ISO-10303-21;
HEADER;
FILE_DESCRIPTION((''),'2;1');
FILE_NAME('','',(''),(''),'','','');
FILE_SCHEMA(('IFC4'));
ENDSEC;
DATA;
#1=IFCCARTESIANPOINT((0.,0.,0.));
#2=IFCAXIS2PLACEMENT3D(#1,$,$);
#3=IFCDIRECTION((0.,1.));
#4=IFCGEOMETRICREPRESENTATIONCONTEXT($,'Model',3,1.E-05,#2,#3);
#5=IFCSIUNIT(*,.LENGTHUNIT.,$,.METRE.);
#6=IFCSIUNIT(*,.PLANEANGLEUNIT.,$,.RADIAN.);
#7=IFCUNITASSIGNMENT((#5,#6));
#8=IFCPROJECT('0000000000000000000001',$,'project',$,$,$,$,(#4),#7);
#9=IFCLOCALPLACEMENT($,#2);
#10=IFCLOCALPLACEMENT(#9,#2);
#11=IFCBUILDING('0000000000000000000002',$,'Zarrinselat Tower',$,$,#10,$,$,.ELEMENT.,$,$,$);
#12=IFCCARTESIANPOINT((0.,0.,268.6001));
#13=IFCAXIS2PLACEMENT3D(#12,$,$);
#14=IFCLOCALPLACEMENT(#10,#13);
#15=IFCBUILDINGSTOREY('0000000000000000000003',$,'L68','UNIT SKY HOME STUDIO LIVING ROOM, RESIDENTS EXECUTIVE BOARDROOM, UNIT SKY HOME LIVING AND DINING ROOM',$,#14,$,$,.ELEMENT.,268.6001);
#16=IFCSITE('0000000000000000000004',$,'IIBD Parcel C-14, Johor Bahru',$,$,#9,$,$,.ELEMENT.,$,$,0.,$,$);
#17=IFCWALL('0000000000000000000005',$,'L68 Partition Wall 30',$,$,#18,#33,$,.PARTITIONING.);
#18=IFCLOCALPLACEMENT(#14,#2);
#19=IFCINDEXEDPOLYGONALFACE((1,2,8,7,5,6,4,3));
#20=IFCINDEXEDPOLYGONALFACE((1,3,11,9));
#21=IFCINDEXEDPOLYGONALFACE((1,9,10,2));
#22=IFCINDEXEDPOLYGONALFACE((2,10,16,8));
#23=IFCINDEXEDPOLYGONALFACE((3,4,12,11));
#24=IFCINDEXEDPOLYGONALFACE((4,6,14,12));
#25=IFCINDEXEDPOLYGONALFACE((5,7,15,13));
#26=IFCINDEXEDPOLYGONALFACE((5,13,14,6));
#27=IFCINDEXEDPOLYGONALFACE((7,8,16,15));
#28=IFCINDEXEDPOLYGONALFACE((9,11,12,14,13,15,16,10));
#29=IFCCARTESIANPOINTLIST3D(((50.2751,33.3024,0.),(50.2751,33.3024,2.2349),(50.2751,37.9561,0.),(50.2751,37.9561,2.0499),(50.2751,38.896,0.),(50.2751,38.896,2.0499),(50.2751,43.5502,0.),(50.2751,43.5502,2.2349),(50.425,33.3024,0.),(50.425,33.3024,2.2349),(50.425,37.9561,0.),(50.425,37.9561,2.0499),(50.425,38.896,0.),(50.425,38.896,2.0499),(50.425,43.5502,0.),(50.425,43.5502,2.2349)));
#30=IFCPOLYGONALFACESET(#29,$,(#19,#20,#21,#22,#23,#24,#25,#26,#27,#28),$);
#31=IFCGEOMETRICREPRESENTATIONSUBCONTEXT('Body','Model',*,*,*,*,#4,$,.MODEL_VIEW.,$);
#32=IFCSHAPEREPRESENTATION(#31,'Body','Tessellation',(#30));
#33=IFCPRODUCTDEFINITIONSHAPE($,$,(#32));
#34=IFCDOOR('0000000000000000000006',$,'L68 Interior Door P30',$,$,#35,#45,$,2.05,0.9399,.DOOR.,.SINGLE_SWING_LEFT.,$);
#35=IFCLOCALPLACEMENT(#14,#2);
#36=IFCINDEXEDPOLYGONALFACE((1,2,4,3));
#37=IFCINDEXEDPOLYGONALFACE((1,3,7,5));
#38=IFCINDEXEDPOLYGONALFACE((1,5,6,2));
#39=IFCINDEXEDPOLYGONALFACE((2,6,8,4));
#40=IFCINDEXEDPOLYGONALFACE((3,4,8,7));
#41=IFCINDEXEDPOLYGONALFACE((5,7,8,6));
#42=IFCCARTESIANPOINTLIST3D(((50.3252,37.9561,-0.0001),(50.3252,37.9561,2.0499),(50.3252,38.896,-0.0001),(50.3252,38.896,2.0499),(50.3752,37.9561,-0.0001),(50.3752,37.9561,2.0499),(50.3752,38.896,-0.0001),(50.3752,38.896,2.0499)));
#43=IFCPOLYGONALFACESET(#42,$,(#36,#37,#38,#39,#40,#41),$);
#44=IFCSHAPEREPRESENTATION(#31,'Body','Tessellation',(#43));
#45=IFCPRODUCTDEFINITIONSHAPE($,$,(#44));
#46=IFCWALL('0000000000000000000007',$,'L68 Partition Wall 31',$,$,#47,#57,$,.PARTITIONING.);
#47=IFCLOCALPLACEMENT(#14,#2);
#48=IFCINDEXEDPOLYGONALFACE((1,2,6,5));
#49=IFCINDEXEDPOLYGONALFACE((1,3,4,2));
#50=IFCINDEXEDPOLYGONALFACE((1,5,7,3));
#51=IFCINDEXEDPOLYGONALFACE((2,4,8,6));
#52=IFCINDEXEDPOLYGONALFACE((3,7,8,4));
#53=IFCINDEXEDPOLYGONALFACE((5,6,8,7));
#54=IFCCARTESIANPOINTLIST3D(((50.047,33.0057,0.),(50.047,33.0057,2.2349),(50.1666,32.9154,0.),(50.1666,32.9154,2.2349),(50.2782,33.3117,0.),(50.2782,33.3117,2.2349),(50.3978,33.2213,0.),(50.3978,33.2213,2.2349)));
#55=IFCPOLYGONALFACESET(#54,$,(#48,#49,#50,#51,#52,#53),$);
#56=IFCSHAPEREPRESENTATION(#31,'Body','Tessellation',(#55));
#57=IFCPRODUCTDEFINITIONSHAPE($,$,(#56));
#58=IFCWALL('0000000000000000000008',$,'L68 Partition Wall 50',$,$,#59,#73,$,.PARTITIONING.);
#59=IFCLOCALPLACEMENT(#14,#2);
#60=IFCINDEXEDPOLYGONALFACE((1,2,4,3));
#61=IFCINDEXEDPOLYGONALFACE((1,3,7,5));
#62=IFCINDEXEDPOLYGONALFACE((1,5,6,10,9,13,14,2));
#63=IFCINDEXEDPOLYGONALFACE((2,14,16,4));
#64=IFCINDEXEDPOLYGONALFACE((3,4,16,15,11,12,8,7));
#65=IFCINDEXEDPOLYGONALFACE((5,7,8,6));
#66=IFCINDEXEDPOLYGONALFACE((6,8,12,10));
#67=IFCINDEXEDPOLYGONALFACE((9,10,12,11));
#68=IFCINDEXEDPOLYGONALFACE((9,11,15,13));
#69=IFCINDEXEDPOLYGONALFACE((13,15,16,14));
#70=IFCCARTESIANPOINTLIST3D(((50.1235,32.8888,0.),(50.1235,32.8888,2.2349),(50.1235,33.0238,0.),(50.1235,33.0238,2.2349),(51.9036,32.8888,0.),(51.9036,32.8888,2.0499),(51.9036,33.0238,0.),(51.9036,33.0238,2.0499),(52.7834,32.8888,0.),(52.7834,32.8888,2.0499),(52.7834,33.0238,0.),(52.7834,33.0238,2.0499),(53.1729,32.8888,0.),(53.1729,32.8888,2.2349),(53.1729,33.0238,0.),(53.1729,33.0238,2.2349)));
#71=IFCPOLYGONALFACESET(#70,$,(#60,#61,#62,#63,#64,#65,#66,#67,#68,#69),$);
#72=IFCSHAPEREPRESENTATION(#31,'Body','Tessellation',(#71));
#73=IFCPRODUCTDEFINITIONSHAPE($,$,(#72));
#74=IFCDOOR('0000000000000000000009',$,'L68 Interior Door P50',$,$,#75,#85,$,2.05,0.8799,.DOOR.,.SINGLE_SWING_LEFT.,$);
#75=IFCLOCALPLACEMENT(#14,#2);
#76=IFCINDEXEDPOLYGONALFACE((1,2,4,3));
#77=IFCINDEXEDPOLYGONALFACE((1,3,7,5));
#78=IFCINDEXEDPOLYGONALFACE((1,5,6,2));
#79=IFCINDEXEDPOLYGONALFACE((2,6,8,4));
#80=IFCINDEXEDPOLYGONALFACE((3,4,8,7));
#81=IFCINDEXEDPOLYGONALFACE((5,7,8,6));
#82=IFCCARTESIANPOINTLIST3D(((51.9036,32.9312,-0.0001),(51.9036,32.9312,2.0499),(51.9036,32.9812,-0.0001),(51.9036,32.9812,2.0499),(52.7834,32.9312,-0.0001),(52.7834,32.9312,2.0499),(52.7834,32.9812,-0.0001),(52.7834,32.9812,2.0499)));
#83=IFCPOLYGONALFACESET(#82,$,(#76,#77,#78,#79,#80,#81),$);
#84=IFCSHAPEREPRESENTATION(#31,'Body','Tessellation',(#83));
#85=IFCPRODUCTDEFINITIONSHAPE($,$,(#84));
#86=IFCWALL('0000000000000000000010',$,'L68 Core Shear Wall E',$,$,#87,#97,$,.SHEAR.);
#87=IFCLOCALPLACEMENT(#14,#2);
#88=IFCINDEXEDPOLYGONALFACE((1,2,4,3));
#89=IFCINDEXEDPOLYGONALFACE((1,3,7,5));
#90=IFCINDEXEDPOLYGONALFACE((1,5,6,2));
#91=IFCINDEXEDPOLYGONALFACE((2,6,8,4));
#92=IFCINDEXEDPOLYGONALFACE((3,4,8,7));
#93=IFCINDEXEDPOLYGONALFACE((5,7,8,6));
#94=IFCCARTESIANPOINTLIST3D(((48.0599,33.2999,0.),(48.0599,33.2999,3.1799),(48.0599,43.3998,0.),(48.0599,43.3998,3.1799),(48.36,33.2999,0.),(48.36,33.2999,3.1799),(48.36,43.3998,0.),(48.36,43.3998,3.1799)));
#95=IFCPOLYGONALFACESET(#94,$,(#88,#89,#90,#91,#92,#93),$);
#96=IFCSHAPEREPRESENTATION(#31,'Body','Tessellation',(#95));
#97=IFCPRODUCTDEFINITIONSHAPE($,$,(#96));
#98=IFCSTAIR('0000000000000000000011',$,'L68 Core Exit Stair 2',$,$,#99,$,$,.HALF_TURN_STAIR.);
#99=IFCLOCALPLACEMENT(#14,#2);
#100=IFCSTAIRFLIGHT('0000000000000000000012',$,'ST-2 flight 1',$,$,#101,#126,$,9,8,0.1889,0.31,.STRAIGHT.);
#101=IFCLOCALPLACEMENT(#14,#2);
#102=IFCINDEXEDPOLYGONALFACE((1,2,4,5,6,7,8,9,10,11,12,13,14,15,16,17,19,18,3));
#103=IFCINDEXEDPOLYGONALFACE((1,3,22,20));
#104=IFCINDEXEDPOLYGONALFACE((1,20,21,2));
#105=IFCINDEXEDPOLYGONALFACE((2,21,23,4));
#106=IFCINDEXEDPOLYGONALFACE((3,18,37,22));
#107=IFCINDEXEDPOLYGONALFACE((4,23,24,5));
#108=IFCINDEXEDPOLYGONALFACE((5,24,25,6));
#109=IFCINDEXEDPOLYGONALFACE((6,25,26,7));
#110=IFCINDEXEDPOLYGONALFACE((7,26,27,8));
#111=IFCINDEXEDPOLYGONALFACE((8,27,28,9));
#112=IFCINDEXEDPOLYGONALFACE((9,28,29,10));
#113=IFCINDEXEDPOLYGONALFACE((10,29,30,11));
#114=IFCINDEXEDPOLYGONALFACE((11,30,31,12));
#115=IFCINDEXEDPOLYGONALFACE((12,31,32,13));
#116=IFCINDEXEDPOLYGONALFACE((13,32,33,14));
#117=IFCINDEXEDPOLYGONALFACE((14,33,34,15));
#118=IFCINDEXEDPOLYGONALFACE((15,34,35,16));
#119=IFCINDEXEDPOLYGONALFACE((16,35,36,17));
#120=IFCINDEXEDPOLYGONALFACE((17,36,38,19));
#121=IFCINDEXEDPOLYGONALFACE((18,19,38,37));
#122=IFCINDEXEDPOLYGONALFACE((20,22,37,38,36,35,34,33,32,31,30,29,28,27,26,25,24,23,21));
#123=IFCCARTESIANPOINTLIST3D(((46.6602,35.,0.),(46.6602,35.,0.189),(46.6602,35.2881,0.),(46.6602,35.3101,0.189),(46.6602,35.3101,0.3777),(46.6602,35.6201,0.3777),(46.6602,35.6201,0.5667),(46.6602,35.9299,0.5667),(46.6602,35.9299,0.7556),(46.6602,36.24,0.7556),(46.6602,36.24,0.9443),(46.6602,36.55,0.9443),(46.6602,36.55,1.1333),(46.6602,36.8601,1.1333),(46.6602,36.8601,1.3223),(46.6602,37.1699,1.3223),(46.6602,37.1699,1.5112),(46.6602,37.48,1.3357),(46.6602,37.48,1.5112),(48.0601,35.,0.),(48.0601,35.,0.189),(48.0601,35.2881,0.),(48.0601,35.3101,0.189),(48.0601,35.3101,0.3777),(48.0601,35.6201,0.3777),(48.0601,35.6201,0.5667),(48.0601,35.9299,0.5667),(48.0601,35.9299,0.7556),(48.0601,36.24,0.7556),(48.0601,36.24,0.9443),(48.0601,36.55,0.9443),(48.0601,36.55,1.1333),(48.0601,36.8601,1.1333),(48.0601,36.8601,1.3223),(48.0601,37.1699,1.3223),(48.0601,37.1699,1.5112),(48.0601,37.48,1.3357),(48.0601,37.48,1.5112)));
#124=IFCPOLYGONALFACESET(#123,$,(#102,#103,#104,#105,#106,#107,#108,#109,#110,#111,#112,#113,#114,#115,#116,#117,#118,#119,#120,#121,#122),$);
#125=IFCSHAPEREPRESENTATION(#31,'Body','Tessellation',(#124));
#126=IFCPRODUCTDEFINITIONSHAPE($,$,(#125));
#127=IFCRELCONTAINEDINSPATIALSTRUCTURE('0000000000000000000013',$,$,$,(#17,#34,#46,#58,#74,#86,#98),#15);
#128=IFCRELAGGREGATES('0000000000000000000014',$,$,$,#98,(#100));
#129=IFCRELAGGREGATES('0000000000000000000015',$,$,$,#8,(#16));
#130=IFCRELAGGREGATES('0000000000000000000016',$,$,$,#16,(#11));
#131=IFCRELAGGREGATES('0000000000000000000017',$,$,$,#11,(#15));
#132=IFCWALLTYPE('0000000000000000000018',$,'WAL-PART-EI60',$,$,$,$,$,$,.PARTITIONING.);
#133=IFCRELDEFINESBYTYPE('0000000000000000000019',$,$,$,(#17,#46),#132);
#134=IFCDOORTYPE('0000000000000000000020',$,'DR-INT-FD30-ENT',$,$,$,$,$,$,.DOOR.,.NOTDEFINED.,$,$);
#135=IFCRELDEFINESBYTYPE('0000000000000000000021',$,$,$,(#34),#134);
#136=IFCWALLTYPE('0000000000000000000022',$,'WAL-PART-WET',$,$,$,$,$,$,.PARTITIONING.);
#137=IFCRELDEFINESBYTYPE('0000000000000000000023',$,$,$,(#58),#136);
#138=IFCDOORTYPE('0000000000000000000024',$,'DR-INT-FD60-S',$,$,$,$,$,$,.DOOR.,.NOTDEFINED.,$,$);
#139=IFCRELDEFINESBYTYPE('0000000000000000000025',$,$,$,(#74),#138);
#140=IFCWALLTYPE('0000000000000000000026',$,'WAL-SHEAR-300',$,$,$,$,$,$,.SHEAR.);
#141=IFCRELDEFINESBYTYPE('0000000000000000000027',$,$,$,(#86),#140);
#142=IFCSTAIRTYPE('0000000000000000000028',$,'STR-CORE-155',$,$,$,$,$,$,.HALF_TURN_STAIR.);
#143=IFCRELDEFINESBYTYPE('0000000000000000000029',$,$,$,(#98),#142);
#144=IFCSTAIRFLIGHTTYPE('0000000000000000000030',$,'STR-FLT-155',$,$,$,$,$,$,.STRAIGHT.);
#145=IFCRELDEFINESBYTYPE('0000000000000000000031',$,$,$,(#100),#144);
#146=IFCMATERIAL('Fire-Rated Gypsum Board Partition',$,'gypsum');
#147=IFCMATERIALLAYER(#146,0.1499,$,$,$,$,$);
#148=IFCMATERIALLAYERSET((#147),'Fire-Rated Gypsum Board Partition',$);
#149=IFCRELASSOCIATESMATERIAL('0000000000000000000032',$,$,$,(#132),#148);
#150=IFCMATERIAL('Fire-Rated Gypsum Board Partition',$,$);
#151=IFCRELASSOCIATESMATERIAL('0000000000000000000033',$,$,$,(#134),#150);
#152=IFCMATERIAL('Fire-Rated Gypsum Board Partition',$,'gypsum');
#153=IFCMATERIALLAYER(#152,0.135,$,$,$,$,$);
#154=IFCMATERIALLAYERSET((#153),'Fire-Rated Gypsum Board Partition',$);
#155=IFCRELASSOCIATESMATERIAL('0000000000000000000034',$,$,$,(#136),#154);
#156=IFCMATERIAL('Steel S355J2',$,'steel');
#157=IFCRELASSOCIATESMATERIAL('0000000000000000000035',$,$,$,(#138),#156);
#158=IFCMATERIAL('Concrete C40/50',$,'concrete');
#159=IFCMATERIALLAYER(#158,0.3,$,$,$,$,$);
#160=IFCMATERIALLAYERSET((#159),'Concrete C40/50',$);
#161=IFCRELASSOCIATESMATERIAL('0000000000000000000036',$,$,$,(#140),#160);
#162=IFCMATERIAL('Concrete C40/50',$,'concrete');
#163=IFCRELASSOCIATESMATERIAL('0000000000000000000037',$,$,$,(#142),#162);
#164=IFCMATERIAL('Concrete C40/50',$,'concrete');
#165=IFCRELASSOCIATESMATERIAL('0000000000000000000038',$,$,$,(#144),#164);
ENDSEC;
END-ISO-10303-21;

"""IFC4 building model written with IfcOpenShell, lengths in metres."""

from ifc_helpers import new_model, si_unit, direction, frame, frame_2d, origin, place, context, subcontext, project, spatial, polyline, rectangle, outline, extrude, material, layer, layer_set, type_object, element, fill, aggregate, save


model = new_model("IFC4")

# Units and contexts
model_context = context("Model", 3, precision=1e-05, world=origin(), true_north=direction((0.0, 1.0)))
body_context = subcontext(model_context, "Body", "Model", "MODEL_VIEW")
ifc_project = project(units=[si_unit("LENGTHUNIT", "METRE"), si_unit("PLANEANGLEUNIT", "RADIAN")], contexts=[model_context])

# Site, building, storey
site_placement = place(None, origin())
site = spatial("IfcSite", under=ifc_project, at=site_placement, Name="IIBD Parcel C-14, Johor Bahru", CompositionType="ELEMENT", RefElevation=0.0)
building_placement = place(site_placement, origin())
building = spatial("IfcBuilding", under=site, at=building_placement, Name="Zarrinselat Tower", CompositionType="ELEMENT")
storey_placement = place(building_placement, frame((0.0, 0.0, 268.6001)))
storey = spatial("IfcBuildingStorey", under=building, at=storey_placement, Name="L68", Description="UNIT SKY HOME STUDIO LIVING ROOM, RESIDENTS EXECUTIVE BOARDROOM, UNIT SKY HOME LIVING AND DINING ROOM", CompositionType="ELEMENT", Elevation=268.6001)

# Wall, opening, door
ifc_material_1 = material(Name="Fire-Rated Gypsum Board Partition", Category="gypsum")
ifc_layer_1 = layer(ifc_material_1, 0.1499)
ifc_layer_set_1 = layer_set([ifc_layer_1], Name="Fire-Rated Gypsum Board Partition")
wall_type_1 = type_object("IfcWallType", Name="WAL-PART-EI60", PredefinedType="PARTITIONING", material=ifc_layer_set_1)
wall_1_placement = place(storey_placement, frame((50.3501, 33.3022, 0.0), z_axis=(0.0, 0.0, 1.0), x_axis=(0.0, 1.0, 0.0)))
wall_1 = element("IfcWall", 1, at=wall_1_placement, inside=storey, type_object=wall_type_1, Name="L68 Partition Wall 30", PredefinedType="PARTITIONING", context=body_context, shape_type="SweptSolid", body=[
    extrude(rectangle(XDim=10.2478, YDim=0.1499, at=frame_2d((5.124, 0.0))), origin(), (0.0, 0.0, 1.0), 2.2349),
])
opening_1_placement = place(wall_1_placement, frame((4.6538, 0.0, 0.0)))
opening_1 = element("IfcOpeningElement", 2, at=opening_1_placement, cuts=wall_1, PredefinedType="OPENING", context=body_context, shape_type="SweptSolid", body=[
    extrude(rectangle(XDim=0.9399, YDim=2.05, at=frame_2d((0.47, 1.0249))), frame((0.0, 0.085, 0.0), z_axis=(0.0, -1.0, 0.0), x_axis=(1.0, 0.0, 0.0)), (0.0, 0.0, 1.0), 0.1699),
])
ifc_material_2 = material(Name="Fire-Rated Gypsum Board Partition")
door_type_1 = type_object("IfcDoorType", Name="DR-INT-FD30-ENT", OperationType="NOTDEFINED", PredefinedType="DOOR", material=ifc_material_2)
door_1_placement = place(opening_1_placement, origin())
door_1 = element("IfcDoor", 3, at=door_1_placement, inside=storey, type_object=door_type_1, Name="L68 Interior Door P30", OperationType="SINGLE_SWING_LEFT", OverallHeight=2.05, OverallWidth=0.9399, PredefinedType="DOOR", context=body_context, shape_type="SweptSolid", body=[
    extrude(rectangle(XDim=0.9399, YDim=2.05, at=frame_2d((0.47, 1.0249))), frame((0.0, 0.0249, 0.0), z_axis=(0.0, -1.0, 0.0), x_axis=(1.0, 0.0, 0.0)), (0.0, 0.0, 1.0), 0.05),
])
fill(opening_1, door_1)

# Wall
wall_2_placement = place(storey_placement, frame((50.1067, 32.9604, 0.0), z_axis=(0.0, 0.0, 1.0), x_axis=(0.60295, 0.797779, 0.0)))
element("IfcWall", 4, at=wall_2_placement, inside=storey, type_object=wall_type_1, Name="L68 Partition Wall 31", PredefinedType="PARTITIONING", context=body_context, shape_type="SweptSolid", body=[
    extrude(rectangle(XDim=0.3835, YDim=0.1499, at=frame_2d((0.1919, 0.0))), origin(), (0.0, 0.0, 1.0), 2.2349),
])

# Wall, opening, door
ifc_material_3 = material(Name="Fire-Rated Gypsum Board Partition", Category="gypsum")
ifc_layer_2 = layer(ifc_material_3, 0.135)
ifc_layer_set_2 = layer_set([ifc_layer_2], Name="Fire-Rated Gypsum Board Partition")
wall_type_2 = type_object("IfcWallType", Name="WAL-PART-WET", PredefinedType="PARTITIONING", material=ifc_layer_set_2)
wall_3_placement = place(storey_placement, frame((50.1235, 32.9563, 0.0), z_axis=(0.0, 0.0, 1.0), x_axis=(1.0, 0.0, 0.0)))
wall_3 = element("IfcWall", 5, at=wall_3_placement, inside=storey, type_object=wall_type_2, Name="L68 Partition Wall 50", PredefinedType="PARTITIONING", context=body_context, shape_type="SweptSolid", body=[
    extrude(rectangle(XDim=3.0493, YDim=0.135, at=frame_2d((1.5247, 0.0))), origin(), (0.0, 0.0, 1.0), 2.2349),
])
opening_2_placement = place(wall_3_placement, frame((1.78, 0.0, 0.0)))
opening_2 = element("IfcOpeningElement", 6, at=opening_2_placement, cuts=wall_3, PredefinedType="OPENING", context=body_context, shape_type="SweptSolid", body=[
    extrude(rectangle(XDim=0.8799, YDim=2.05, at=frame_2d((0.4399, 1.0249))), frame((0.0, 0.0774, 0.0), z_axis=(0.0, -1.0, 0.0), x_axis=(1.0, 0.0, 0.0)), (0.0, 0.0, 1.0), 0.155),
])
ifc_material_4 = material(Name="Steel S355J2", Category="steel")
door_type_2 = type_object("IfcDoorType", Name="DR-INT-FD60-S", OperationType="NOTDEFINED", PredefinedType="DOOR", material=ifc_material_4)
door_2_placement = place(opening_2_placement, origin())
door_2 = element("IfcDoor", 7, at=door_2_placement, inside=storey, type_object=door_type_2, Name="L68 Interior Door P50", OperationType="SINGLE_SWING_LEFT", OverallHeight=2.05, OverallWidth=0.8799, PredefinedType="DOOR", context=body_context, shape_type="SweptSolid", body=[
    extrude(rectangle(XDim=0.8799, YDim=2.05, at=frame_2d((0.4399, 1.0249))), frame((0.0, 0.0249, 0.0), z_axis=(0.0, -1.0, 0.0), x_axis=(1.0, 0.0, 0.0)), (0.0, 0.0, 1.0), 0.05),
])
fill(opening_2, door_2)

# Wall
ifc_material_5 = material(Name="Concrete C40/50", Category="concrete")
ifc_layer_3 = layer(ifc_material_5, 0.3)
ifc_layer_set_3 = layer_set([ifc_layer_3], Name="Concrete C40/50")
wall_type_3 = type_object("IfcWallType", Name="WAL-SHEAR-300", PredefinedType="SHEAR", material=ifc_layer_set_3)
wall_4_placement = place(storey_placement, frame((48.21, 33.3, 0.0), z_axis=(0.0, 0.0, 1.0), x_axis=(0.0, 1.0, 0.0)))
element("IfcWall", 8, at=wall_4_placement, inside=storey, type_object=wall_type_3, Name="L68 Core Shear Wall E", PredefinedType="SHEAR", context=body_context, shape_type="SweptSolid", body=[
    extrude(rectangle(XDim=10.0999, YDim=0.3, at=frame_2d((5.0498, 0.0))), origin(), (0.0, 0.0, 1.0), 3.1799),
])

# Stair, stair flight
ifc_material_6 = material(Name="Concrete C40/50", Category="concrete")
stair_type = type_object("IfcStairType", Name="STR-CORE-155", PredefinedType="HALF_TURN_STAIR", material=ifc_material_6)
stair_placement = place(storey_placement, origin())
stair = element("IfcStair", 9, at=stair_placement, inside=storey, type_object=stair_type, Name="L68 Core Exit Stair 2", PredefinedType="HALF_TURN_STAIR")
ifc_material_7 = material(Name="Concrete C40/50", Category="concrete")
stair_flight_type = type_object("IfcStairFlightType", Name="STR-FLT-155", PredefinedType="STRAIGHT", material=ifc_material_7)
stair_flight_placement = place(storey_placement, frame((47.3601, 35.0, 0.0), z_axis=(0.0, 0.0, 1.0), x_axis=(0.0, 1.0, 0.0)))
stair_flight = element("IfcStairFlight", 10, at=stair_flight_placement, type_object=stair_flight_type, Name="ST-2 flight 1", NumberOfRisers=9, NumberOfTreads=8, PredefinedType="STRAIGHT", RiserHeight=0.1889, TreadLength=0.31, context=body_context, shape_type="SweptSolid", body=[
    extrude(outline(polyline([(0.0, 0.0), (0.0, 0.189), (0.3101, 0.189), (0.3101, 0.3777), (0.6201, 0.3777), (0.6201, 0.5667), (0.9299, 0.5667), (0.9299, 0.7556), (1.24, 0.7556), (1.24, 0.9443), (1.55, 0.9443), (1.55, 1.1333), (1.8601, 1.1333), (1.8601, 1.3223), (2.1699, 1.3223), (2.1699, 1.5112), (2.48, 1.5112), (2.48, 1.7), (2.48, 1.3357), (0.2881, 0.0), (0.0, 0.0)])), frame((0.0, 0.7, 0.0), z_axis=(0.0, -1.0, 0.0), x_axis=(1.0, 0.0, 0.0)), (0.0, 0.0, 1.0), 1.3999),
])
aggregate(stair, [stair_flight])

save(model, "model.ifc")
